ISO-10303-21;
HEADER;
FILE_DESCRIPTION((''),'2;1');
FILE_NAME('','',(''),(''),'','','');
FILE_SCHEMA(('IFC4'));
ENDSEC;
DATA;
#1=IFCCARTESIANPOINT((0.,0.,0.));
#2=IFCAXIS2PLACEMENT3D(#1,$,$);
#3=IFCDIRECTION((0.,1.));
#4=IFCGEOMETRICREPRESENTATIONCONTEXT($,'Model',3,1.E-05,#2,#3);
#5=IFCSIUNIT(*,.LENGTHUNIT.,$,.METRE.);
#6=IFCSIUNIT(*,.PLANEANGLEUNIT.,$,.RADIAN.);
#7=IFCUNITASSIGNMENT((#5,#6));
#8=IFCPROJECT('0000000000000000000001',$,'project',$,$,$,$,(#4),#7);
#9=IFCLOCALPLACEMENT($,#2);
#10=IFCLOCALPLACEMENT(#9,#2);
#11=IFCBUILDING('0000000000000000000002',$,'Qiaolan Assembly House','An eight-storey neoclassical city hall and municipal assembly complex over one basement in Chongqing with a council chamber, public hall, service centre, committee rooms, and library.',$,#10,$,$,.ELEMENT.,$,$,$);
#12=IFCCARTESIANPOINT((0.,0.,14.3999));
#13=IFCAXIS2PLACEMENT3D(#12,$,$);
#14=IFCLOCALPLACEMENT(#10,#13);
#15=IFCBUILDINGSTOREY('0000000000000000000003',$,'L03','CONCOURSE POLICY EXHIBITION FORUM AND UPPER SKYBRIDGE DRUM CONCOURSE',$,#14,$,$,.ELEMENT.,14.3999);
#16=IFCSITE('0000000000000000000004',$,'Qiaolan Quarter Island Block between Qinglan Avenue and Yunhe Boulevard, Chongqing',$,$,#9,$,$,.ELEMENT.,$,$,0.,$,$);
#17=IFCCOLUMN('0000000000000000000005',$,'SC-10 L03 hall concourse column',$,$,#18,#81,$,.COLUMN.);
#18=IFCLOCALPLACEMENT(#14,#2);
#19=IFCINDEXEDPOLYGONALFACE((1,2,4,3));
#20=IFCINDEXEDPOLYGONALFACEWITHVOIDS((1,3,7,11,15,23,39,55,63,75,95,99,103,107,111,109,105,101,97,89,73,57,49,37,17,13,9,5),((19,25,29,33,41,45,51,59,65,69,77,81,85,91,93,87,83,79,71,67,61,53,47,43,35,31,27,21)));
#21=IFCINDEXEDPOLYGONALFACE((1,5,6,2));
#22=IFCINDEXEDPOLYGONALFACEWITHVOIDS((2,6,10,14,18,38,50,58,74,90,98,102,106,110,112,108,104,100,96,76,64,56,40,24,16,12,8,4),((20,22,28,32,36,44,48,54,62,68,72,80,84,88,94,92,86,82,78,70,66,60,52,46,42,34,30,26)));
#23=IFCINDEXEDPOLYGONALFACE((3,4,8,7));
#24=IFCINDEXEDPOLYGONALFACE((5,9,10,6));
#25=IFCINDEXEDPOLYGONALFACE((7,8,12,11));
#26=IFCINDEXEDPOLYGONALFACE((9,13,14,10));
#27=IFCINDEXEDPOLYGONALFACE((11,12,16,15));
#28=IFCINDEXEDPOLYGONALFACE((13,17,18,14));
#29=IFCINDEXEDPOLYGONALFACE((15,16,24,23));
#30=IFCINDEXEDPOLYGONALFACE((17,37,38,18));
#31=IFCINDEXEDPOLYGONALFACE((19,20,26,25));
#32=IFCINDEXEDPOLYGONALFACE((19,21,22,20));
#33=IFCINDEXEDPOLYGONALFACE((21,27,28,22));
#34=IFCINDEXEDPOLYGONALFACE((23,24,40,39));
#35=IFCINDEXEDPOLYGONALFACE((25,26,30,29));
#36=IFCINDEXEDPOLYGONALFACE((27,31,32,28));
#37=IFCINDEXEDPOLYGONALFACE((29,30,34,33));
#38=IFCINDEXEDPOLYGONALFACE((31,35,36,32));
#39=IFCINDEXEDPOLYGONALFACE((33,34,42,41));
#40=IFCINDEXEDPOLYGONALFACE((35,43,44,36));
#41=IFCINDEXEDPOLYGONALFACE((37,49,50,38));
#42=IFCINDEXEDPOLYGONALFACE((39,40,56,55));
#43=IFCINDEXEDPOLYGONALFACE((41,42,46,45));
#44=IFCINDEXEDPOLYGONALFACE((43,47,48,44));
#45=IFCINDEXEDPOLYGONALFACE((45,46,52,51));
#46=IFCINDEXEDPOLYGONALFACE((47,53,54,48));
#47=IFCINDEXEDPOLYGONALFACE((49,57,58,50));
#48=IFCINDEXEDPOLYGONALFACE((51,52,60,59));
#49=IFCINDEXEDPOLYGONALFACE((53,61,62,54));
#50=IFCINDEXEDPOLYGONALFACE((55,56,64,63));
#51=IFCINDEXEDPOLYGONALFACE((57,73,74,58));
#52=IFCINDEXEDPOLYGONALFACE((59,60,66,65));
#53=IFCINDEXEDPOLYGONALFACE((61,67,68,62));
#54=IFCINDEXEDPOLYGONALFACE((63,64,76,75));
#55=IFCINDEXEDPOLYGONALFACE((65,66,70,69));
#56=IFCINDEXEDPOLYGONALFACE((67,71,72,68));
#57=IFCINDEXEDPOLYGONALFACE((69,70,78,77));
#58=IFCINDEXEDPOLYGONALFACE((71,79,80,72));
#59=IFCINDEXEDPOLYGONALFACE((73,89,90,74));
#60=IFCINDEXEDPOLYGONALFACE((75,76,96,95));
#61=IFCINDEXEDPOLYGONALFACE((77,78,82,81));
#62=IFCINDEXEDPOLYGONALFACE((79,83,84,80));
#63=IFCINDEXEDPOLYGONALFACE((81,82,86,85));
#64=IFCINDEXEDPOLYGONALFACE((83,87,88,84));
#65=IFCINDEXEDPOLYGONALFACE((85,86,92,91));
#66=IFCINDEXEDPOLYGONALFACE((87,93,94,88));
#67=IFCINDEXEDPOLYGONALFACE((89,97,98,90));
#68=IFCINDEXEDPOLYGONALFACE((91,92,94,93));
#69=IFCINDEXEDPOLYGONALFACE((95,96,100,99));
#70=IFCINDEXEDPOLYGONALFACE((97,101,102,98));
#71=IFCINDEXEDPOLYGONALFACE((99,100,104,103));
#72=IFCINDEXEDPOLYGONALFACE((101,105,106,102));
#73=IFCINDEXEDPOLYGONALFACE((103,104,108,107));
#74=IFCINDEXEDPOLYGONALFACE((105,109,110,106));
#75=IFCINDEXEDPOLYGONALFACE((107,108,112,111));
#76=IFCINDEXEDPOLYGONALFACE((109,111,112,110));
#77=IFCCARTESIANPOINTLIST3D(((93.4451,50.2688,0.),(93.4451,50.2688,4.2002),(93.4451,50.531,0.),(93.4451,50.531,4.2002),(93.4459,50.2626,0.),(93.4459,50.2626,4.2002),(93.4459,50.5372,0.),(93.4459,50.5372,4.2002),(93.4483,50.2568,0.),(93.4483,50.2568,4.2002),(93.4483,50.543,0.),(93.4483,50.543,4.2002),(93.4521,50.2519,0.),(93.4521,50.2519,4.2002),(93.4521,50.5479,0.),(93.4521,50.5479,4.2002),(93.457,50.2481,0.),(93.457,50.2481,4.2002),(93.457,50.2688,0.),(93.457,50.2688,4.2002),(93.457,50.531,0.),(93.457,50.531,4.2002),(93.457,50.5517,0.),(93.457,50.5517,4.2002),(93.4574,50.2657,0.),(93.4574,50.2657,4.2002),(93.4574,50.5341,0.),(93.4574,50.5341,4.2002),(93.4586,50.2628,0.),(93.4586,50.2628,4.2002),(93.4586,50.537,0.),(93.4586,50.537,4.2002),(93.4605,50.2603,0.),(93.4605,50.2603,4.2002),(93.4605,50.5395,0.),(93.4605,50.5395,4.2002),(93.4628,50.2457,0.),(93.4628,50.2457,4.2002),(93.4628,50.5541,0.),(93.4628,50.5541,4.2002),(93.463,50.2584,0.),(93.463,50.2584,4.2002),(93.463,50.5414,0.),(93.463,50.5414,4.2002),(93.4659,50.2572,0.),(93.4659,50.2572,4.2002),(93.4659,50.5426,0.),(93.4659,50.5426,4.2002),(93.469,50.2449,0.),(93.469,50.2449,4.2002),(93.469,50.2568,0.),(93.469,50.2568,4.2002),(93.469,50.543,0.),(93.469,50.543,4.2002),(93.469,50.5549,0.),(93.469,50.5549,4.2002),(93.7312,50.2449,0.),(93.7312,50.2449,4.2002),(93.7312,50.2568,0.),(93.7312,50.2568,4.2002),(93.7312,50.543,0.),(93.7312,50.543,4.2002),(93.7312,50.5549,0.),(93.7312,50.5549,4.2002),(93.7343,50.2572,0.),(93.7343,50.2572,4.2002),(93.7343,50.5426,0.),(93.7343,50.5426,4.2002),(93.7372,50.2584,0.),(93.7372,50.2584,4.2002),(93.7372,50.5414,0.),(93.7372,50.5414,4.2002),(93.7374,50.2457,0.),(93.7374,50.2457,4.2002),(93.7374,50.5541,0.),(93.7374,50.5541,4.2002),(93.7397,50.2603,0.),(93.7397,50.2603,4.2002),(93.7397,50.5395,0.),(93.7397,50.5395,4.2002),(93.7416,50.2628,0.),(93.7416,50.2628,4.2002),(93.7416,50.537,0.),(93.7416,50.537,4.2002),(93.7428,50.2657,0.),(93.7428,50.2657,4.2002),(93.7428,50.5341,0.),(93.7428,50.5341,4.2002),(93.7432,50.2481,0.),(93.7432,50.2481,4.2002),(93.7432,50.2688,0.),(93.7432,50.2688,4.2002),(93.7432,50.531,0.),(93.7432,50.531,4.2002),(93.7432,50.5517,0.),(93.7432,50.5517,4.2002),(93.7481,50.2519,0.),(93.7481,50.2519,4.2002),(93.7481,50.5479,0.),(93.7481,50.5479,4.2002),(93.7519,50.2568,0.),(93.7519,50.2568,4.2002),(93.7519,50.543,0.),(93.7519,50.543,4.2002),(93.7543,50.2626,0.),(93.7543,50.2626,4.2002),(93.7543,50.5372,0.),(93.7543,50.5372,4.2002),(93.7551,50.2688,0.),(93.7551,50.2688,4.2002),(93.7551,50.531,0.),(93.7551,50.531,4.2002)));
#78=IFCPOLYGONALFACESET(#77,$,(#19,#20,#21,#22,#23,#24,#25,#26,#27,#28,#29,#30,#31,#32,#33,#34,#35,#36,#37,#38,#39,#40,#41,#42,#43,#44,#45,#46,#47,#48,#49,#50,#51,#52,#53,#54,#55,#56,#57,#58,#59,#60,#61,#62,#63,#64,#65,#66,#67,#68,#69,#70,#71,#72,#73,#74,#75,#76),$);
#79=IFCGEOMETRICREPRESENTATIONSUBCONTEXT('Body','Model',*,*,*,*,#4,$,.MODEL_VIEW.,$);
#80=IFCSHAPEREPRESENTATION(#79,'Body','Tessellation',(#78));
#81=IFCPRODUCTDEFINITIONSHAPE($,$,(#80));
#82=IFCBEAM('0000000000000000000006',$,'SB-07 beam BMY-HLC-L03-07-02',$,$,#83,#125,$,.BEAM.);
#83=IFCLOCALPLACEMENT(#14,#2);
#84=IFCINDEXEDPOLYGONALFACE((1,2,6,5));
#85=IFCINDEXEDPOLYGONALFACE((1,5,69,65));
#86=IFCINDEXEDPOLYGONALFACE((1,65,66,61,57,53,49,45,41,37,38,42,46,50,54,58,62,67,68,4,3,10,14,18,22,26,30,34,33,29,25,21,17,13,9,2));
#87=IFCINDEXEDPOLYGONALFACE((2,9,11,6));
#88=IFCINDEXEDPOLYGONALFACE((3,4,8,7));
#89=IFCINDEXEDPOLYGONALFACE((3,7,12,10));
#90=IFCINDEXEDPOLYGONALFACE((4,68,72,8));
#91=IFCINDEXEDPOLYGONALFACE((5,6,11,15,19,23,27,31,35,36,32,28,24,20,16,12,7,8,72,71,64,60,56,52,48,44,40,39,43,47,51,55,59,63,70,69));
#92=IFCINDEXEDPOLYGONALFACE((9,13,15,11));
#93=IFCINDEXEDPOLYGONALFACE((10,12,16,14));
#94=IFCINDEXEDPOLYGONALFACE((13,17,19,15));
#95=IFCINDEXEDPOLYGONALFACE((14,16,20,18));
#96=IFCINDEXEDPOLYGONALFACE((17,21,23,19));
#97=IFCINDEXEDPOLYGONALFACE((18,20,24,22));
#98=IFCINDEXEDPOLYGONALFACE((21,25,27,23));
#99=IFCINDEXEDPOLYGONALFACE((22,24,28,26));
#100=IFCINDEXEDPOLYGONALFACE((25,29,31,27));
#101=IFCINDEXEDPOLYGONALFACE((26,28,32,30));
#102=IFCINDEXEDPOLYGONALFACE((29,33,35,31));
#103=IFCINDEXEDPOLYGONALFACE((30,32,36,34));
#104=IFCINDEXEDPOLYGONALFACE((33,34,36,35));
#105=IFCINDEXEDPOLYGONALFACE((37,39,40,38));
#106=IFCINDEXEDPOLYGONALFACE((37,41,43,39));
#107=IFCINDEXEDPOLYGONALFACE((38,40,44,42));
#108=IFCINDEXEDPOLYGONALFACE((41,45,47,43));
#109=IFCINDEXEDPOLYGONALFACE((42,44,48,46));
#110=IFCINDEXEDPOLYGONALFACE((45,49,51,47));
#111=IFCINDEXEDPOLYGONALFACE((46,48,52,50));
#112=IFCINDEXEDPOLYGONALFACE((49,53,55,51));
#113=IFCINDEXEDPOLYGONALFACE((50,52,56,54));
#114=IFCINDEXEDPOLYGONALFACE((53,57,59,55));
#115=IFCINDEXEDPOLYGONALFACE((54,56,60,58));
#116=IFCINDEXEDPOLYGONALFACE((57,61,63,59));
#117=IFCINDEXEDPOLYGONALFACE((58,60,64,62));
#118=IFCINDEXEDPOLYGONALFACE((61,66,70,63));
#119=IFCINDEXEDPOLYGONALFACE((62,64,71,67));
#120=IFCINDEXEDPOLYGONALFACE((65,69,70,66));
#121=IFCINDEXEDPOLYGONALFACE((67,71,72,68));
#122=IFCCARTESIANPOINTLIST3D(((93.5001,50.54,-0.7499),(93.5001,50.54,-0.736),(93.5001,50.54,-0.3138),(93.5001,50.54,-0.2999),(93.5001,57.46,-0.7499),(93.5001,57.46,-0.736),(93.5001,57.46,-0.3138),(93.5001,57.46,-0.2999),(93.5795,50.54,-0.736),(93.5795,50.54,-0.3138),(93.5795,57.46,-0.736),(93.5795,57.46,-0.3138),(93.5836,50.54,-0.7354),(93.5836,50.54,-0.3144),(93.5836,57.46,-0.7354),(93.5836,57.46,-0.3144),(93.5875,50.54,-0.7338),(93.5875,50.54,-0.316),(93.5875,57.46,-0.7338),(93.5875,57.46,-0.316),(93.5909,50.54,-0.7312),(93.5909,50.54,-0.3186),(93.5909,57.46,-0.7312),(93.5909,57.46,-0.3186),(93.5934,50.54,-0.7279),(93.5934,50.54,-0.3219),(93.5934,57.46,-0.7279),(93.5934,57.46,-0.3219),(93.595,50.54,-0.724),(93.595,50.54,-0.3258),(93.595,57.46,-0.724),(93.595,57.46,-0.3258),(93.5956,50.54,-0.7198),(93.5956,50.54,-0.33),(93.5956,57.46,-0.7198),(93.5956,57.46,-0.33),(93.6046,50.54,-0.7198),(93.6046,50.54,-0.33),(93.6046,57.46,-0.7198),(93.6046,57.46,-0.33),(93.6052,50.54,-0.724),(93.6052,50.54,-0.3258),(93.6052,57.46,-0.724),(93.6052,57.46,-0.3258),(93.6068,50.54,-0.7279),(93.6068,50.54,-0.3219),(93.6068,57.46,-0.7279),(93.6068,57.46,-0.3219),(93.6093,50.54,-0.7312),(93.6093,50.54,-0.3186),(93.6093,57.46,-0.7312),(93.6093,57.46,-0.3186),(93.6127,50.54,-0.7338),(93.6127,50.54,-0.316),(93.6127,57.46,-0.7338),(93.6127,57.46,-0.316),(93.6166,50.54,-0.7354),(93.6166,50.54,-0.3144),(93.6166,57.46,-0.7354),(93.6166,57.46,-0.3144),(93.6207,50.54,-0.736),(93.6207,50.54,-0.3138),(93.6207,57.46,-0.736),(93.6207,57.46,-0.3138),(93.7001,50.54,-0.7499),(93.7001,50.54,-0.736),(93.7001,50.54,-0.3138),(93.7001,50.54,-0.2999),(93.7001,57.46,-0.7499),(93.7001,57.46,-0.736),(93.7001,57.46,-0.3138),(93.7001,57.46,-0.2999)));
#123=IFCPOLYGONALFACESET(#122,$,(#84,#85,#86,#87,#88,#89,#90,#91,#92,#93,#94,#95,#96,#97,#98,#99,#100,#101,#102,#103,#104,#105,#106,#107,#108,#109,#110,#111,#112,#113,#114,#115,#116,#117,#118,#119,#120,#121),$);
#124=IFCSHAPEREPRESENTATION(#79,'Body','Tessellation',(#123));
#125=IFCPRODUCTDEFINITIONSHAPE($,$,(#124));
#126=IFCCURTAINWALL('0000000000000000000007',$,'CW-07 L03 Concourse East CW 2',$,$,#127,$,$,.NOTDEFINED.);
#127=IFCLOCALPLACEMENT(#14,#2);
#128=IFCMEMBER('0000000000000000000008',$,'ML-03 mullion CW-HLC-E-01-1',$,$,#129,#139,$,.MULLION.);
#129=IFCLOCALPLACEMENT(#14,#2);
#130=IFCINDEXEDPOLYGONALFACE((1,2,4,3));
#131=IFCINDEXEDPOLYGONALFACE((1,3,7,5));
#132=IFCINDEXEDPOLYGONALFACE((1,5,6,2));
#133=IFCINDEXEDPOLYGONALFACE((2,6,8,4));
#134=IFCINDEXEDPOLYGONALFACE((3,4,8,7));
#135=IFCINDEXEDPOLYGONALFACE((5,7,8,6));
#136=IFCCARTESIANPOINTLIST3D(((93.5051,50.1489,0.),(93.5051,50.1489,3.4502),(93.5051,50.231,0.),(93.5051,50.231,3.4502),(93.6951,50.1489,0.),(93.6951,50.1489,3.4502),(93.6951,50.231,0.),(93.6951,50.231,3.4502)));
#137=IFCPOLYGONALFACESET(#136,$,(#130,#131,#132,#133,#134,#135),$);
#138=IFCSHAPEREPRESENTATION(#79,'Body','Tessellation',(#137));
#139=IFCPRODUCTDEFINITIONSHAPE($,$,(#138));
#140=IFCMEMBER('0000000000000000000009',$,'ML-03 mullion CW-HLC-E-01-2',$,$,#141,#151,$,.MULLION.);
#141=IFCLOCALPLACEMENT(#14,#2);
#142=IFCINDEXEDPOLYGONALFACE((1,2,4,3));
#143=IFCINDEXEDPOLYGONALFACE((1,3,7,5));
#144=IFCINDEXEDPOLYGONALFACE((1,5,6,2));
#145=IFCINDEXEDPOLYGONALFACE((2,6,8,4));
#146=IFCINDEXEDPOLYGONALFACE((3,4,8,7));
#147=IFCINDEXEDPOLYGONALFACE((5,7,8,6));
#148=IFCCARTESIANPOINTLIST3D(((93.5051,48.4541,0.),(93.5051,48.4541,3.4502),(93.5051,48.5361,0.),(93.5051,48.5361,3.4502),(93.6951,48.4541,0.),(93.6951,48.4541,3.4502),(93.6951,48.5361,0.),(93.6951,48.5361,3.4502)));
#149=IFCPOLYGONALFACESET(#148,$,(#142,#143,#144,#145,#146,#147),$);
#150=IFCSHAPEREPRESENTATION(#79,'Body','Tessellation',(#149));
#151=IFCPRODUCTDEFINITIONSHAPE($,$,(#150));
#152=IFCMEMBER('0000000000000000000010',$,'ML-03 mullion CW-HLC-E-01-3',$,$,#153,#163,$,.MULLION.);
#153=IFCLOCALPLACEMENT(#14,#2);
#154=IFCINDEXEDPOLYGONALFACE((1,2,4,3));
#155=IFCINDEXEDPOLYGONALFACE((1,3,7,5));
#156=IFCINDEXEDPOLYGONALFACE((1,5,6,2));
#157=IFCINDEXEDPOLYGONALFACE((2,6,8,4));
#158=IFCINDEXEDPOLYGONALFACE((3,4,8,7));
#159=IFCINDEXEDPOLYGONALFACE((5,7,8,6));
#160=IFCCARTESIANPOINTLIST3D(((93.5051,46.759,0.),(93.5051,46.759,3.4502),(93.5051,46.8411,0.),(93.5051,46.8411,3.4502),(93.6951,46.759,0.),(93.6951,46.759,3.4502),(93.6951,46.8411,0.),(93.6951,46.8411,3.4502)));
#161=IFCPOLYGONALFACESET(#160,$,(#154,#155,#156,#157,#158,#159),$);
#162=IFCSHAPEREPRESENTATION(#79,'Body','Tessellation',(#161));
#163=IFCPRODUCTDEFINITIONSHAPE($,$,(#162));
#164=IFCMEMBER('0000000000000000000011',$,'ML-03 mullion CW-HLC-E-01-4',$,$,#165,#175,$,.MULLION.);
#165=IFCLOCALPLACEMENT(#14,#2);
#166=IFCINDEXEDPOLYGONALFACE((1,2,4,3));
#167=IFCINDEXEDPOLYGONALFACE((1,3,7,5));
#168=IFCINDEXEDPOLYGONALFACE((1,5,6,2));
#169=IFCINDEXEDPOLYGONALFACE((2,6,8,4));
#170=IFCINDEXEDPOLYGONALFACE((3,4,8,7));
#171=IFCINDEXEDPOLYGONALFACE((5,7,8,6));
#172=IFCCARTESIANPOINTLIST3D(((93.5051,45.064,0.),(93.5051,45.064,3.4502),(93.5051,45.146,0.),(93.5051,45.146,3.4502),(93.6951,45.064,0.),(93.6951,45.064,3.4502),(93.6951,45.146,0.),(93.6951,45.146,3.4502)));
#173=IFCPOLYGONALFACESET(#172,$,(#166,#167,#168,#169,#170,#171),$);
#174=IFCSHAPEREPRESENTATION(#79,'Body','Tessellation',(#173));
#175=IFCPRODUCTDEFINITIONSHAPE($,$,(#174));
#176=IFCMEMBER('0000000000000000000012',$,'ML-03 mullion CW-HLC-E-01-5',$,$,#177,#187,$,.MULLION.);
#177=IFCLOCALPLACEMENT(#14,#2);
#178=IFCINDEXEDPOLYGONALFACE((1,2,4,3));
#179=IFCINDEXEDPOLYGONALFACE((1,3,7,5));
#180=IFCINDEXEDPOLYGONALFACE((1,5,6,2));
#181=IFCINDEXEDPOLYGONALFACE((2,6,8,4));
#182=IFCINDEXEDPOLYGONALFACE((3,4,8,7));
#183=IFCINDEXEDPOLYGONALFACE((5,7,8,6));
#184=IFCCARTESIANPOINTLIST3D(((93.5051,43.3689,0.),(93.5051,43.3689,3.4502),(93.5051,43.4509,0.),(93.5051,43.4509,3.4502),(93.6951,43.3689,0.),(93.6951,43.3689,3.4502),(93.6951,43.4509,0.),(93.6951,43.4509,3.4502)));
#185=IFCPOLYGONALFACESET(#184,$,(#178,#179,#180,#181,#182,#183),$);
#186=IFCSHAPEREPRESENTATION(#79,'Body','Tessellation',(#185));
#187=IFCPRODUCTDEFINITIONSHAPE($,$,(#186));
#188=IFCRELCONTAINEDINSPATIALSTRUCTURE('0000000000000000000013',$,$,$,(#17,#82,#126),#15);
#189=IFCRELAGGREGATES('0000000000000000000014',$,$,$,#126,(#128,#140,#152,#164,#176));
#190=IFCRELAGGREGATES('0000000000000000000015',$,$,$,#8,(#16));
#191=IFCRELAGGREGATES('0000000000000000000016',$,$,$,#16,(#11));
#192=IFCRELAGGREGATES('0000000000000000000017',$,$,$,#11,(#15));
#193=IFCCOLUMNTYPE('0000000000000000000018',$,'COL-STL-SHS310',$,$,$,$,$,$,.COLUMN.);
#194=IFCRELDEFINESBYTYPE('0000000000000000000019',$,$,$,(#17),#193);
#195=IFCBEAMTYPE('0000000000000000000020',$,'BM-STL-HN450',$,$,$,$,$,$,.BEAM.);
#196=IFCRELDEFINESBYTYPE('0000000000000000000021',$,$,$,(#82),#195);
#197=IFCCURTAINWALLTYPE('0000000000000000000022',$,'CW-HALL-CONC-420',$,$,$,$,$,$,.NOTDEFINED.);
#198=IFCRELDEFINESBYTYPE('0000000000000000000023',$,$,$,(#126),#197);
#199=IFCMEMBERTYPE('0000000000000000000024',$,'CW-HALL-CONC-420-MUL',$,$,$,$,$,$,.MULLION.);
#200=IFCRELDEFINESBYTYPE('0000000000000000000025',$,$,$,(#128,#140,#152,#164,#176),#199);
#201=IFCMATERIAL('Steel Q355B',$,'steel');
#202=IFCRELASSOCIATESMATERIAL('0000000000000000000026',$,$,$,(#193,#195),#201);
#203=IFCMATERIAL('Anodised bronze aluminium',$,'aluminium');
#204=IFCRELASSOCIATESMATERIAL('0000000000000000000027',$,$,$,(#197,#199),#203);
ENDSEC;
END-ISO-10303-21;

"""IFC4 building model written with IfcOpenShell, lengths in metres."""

from ifc_helpers import new_model, si_unit, direction, frame, origin, origin_2d, place, context, subcontext, project, spatial, rectangle, hollow_rectangle, i_section, extrude, material, material_profile, profile_set, type_object, element, aggregate, save


model = new_model("IFC4")

# Units and contexts
model_context = context("Model", 3, precision=1e-05, world=origin(), true_north=direction((0.0, 1.0)))
body_context = subcontext(model_context, "Body", "Model", "MODEL_VIEW")
ifc_project = project(units=[si_unit("LENGTHUNIT", "METRE"), si_unit("PLANEANGLEUNIT", "RADIAN")], contexts=[model_context])

# Site, building, storey
site_placement = place(None, origin())
site = spatial("IfcSite", under=ifc_project, at=site_placement, Name="Qiaolan Quarter Island Block between Qinglan Avenue and Yunhe Boulevard, Chongqing", CompositionType="ELEMENT", RefElevation=0.0)
building_placement = place(site_placement, origin())
building = spatial("IfcBuilding", under=site, at=building_placement, Name="Qiaolan Assembly House", Description="An eight-storey neoclassical city hall and municipal assembly complex over one basement in Chongqing with a council chamber, public hall, service centre, committee rooms, and library.", CompositionType="ELEMENT")
storey_placement = place(building_placement, frame((0.0, 0.0, 14.3999)))
storey = spatial("IfcBuildingStorey", under=building, at=storey_placement, Name="L03", Description="CONCOURSE POLICY EXHIBITION FORUM AND UPPER SKYBRIDGE DRUM CONCOURSE", CompositionType="ELEMENT", Elevation=14.3999)

# Column
ifc_material_1 = material(Name="Steel Q355B", Category="steel")
ifc_material_profile_1 = material_profile(ifc_material_1, hollow_rectangle(XDim=0.3101, YDim=0.3101, WallThickness=0.012, InnerFilletRadius=0.012, OuterFilletRadius=0.0239, at=origin_2d()), Name="SHS 310x310x12")
ifc_profile_set_1 = profile_set([ifc_material_profile_1], Name="Steel Q355B")
column_type = type_object("IfcColumnType", Name="COL-STL-SHS310", PredefinedType="COLUMN", material=ifc_profile_set_1)
column_placement = place(storey_placement, frame((93.6001, 50.3999, 0.0), z_axis=(0.0, 0.0, 1.0), x_axis=(1.0, 0.0, 0.0)))
element("IfcColumn", 1, at=column_placement, inside=storey, type_object=column_type, Name="SC-10 L03 hall concourse column", PredefinedType="COLUMN", context=body_context, shape_type="SweptSolid", body=[
    extrude(hollow_rectangle(XDim=0.3101, YDim=0.3101, WallThickness=0.012, InnerFilletRadius=0.012, OuterFilletRadius=0.0239, at=origin_2d()), origin(), (0.0, 0.0, 1.0), 4.2002),
])

# Beam
ifc_material_profile_2 = material_profile(ifc_material_1, i_section(OverallWidth=0.2, OverallDepth=0.45, WebThickness=0.009, FlangeThickness=0.0139, FilletRadius=0.0161, at=origin_2d()), Name="HN 450x200x9x14")
ifc_profile_set_2 = profile_set([ifc_material_profile_2], Name="Steel Q355B")
beam_type = type_object("IfcBeamType", Name="BM-STL-HN450", PredefinedType="BEAM", material=ifc_profile_set_2)
beam_placement = place(storey_placement, frame((93.6001, 50.54, -0.5249), z_axis=(0.0, 1.0, 0.0), x_axis=(-1.0, 0.0, 0.0)))
element("IfcBeam", 2, at=beam_placement, inside=storey, type_object=beam_type, Name="SB-07 beam BMY-HLC-L03-07-02", PredefinedType="BEAM", context=body_context, shape_type="SweptSolid", body=[
    extrude(i_section(OverallWidth=0.2, OverallDepth=0.45, WebThickness=0.009, FlangeThickness=0.0139, FilletRadius=0.0161, at=origin_2d()), origin(), (0.0, 0.0, 1.0), 6.9199),
])

# Curtain wall, members
ifc_material_2 = material(Name="Anodised bronze aluminium", Category="aluminium")
curtain_wall_type = type_object("IfcCurtainWallType", Name="CW-HALL-CONC-420", PredefinedType="NOTDEFINED", material=ifc_material_2)
curtain_wall_1_placement = place(storey_placement, origin())
curtain_wall_1 = element("IfcCurtainWall", 3, at=curtain_wall_1_placement, inside=storey, type_object=curtain_wall_type, Name="CW-07 L03 Concourse East CW 2", PredefinedType="NOTDEFINED")
ifc_material_profile_3 = material_profile(ifc_material_2, rectangle(XDim=0.082, YDim=0.1899, at=origin_2d()), Name="MUL 82x190")
ifc_profile_set_3 = profile_set([ifc_material_profile_3], Name="Anodised bronze aluminium")
member_type_1 = type_object("IfcMemberType", Name="CW-HALL-CONC-420-MUL", PredefinedType="MULLION", material=ifc_profile_set_3)
member_1_placement = place(storey_placement, frame((93.6001, 50.1899, 0.0), z_axis=(0.0, 0.0, 1.0), x_axis=(0.0, -1.0, 0.0)))
member_1 = element("IfcMember", 4, at=member_1_placement, type_object=member_type_1, Name="ML-03 mullion CW-HLC-E-01-1", PredefinedType="MULLION", context=body_context, shape_type="SweptSolid", body=[
    extrude(rectangle(XDim=0.082, YDim=0.1899, at=origin_2d()), origin(), (0.0, 0.0, 1.0), 3.4502),
])
member_2_placement = place(storey_placement, frame((93.6001, 48.4951, 0.0), z_axis=(0.0, 0.0, 1.0), x_axis=(0.0, -1.0, 0.0)))
member_2 = element("IfcMember", 5, at=member_2_placement, type_object=member_type_1, Name="ML-03 mullion CW-HLC-E-01-2", PredefinedType="MULLION", context=body_context, shape_type="SweptSolid", body=[
    extrude(rectangle(XDim=0.082, YDim=0.1899, at=origin_2d()), origin(), (0.0, 0.0, 1.0), 3.4502),
])
member_3_placement = place(storey_placement, frame((93.6001, 46.8, 0.0), z_axis=(0.0, 0.0, 1.0), x_axis=(0.0, -1.0, 0.0)))
member_3 = element("IfcMember", 6, at=member_3_placement, type_object=member_type_1, Name="ML-03 mullion CW-HLC-E-01-3", PredefinedType="MULLION", context=body_context, shape_type="SweptSolid", body=[
    extrude(rectangle(XDim=0.082, YDim=0.1899, at=origin_2d()), origin(), (0.0, 0.0, 1.0), 3.4502),
])
member_4_placement = place(storey_placement, frame((93.6001, 45.105, 0.0), z_axis=(0.0, 0.0, 1.0), x_axis=(0.0, -1.0, 0.0)))
member_4 = element("IfcMember", 7, at=member_4_placement, type_object=member_type_1, Name="ML-03 mullion CW-HLC-E-01-4", PredefinedType="MULLION", context=body_context, shape_type="SweptSolid", body=[
    extrude(rectangle(XDim=0.082, YDim=0.1899, at=origin_2d()), origin(), (0.0, 0.0, 1.0), 3.4502),
])
member_5_placement = place(storey_placement, frame((93.6001, 43.4099, 0.0), z_axis=(0.0, 0.0, 1.0), x_axis=(0.0, -1.0, 0.0)))
member_5 = element("IfcMember", 8, at=member_5_placement, type_object=member_type_1, Name="ML-03 mullion CW-HLC-E-01-5", PredefinedType="MULLION", context=body_context, shape_type="SweptSolid", body=[
    extrude(rectangle(XDim=0.082, YDim=0.1899, at=origin_2d()), origin(), (0.0, 0.0, 1.0), 3.4502),
])

aggregate(curtain_wall_1, [member_1, member_2, member_3, member_4, member_5])

save(model, "model.ifc")
